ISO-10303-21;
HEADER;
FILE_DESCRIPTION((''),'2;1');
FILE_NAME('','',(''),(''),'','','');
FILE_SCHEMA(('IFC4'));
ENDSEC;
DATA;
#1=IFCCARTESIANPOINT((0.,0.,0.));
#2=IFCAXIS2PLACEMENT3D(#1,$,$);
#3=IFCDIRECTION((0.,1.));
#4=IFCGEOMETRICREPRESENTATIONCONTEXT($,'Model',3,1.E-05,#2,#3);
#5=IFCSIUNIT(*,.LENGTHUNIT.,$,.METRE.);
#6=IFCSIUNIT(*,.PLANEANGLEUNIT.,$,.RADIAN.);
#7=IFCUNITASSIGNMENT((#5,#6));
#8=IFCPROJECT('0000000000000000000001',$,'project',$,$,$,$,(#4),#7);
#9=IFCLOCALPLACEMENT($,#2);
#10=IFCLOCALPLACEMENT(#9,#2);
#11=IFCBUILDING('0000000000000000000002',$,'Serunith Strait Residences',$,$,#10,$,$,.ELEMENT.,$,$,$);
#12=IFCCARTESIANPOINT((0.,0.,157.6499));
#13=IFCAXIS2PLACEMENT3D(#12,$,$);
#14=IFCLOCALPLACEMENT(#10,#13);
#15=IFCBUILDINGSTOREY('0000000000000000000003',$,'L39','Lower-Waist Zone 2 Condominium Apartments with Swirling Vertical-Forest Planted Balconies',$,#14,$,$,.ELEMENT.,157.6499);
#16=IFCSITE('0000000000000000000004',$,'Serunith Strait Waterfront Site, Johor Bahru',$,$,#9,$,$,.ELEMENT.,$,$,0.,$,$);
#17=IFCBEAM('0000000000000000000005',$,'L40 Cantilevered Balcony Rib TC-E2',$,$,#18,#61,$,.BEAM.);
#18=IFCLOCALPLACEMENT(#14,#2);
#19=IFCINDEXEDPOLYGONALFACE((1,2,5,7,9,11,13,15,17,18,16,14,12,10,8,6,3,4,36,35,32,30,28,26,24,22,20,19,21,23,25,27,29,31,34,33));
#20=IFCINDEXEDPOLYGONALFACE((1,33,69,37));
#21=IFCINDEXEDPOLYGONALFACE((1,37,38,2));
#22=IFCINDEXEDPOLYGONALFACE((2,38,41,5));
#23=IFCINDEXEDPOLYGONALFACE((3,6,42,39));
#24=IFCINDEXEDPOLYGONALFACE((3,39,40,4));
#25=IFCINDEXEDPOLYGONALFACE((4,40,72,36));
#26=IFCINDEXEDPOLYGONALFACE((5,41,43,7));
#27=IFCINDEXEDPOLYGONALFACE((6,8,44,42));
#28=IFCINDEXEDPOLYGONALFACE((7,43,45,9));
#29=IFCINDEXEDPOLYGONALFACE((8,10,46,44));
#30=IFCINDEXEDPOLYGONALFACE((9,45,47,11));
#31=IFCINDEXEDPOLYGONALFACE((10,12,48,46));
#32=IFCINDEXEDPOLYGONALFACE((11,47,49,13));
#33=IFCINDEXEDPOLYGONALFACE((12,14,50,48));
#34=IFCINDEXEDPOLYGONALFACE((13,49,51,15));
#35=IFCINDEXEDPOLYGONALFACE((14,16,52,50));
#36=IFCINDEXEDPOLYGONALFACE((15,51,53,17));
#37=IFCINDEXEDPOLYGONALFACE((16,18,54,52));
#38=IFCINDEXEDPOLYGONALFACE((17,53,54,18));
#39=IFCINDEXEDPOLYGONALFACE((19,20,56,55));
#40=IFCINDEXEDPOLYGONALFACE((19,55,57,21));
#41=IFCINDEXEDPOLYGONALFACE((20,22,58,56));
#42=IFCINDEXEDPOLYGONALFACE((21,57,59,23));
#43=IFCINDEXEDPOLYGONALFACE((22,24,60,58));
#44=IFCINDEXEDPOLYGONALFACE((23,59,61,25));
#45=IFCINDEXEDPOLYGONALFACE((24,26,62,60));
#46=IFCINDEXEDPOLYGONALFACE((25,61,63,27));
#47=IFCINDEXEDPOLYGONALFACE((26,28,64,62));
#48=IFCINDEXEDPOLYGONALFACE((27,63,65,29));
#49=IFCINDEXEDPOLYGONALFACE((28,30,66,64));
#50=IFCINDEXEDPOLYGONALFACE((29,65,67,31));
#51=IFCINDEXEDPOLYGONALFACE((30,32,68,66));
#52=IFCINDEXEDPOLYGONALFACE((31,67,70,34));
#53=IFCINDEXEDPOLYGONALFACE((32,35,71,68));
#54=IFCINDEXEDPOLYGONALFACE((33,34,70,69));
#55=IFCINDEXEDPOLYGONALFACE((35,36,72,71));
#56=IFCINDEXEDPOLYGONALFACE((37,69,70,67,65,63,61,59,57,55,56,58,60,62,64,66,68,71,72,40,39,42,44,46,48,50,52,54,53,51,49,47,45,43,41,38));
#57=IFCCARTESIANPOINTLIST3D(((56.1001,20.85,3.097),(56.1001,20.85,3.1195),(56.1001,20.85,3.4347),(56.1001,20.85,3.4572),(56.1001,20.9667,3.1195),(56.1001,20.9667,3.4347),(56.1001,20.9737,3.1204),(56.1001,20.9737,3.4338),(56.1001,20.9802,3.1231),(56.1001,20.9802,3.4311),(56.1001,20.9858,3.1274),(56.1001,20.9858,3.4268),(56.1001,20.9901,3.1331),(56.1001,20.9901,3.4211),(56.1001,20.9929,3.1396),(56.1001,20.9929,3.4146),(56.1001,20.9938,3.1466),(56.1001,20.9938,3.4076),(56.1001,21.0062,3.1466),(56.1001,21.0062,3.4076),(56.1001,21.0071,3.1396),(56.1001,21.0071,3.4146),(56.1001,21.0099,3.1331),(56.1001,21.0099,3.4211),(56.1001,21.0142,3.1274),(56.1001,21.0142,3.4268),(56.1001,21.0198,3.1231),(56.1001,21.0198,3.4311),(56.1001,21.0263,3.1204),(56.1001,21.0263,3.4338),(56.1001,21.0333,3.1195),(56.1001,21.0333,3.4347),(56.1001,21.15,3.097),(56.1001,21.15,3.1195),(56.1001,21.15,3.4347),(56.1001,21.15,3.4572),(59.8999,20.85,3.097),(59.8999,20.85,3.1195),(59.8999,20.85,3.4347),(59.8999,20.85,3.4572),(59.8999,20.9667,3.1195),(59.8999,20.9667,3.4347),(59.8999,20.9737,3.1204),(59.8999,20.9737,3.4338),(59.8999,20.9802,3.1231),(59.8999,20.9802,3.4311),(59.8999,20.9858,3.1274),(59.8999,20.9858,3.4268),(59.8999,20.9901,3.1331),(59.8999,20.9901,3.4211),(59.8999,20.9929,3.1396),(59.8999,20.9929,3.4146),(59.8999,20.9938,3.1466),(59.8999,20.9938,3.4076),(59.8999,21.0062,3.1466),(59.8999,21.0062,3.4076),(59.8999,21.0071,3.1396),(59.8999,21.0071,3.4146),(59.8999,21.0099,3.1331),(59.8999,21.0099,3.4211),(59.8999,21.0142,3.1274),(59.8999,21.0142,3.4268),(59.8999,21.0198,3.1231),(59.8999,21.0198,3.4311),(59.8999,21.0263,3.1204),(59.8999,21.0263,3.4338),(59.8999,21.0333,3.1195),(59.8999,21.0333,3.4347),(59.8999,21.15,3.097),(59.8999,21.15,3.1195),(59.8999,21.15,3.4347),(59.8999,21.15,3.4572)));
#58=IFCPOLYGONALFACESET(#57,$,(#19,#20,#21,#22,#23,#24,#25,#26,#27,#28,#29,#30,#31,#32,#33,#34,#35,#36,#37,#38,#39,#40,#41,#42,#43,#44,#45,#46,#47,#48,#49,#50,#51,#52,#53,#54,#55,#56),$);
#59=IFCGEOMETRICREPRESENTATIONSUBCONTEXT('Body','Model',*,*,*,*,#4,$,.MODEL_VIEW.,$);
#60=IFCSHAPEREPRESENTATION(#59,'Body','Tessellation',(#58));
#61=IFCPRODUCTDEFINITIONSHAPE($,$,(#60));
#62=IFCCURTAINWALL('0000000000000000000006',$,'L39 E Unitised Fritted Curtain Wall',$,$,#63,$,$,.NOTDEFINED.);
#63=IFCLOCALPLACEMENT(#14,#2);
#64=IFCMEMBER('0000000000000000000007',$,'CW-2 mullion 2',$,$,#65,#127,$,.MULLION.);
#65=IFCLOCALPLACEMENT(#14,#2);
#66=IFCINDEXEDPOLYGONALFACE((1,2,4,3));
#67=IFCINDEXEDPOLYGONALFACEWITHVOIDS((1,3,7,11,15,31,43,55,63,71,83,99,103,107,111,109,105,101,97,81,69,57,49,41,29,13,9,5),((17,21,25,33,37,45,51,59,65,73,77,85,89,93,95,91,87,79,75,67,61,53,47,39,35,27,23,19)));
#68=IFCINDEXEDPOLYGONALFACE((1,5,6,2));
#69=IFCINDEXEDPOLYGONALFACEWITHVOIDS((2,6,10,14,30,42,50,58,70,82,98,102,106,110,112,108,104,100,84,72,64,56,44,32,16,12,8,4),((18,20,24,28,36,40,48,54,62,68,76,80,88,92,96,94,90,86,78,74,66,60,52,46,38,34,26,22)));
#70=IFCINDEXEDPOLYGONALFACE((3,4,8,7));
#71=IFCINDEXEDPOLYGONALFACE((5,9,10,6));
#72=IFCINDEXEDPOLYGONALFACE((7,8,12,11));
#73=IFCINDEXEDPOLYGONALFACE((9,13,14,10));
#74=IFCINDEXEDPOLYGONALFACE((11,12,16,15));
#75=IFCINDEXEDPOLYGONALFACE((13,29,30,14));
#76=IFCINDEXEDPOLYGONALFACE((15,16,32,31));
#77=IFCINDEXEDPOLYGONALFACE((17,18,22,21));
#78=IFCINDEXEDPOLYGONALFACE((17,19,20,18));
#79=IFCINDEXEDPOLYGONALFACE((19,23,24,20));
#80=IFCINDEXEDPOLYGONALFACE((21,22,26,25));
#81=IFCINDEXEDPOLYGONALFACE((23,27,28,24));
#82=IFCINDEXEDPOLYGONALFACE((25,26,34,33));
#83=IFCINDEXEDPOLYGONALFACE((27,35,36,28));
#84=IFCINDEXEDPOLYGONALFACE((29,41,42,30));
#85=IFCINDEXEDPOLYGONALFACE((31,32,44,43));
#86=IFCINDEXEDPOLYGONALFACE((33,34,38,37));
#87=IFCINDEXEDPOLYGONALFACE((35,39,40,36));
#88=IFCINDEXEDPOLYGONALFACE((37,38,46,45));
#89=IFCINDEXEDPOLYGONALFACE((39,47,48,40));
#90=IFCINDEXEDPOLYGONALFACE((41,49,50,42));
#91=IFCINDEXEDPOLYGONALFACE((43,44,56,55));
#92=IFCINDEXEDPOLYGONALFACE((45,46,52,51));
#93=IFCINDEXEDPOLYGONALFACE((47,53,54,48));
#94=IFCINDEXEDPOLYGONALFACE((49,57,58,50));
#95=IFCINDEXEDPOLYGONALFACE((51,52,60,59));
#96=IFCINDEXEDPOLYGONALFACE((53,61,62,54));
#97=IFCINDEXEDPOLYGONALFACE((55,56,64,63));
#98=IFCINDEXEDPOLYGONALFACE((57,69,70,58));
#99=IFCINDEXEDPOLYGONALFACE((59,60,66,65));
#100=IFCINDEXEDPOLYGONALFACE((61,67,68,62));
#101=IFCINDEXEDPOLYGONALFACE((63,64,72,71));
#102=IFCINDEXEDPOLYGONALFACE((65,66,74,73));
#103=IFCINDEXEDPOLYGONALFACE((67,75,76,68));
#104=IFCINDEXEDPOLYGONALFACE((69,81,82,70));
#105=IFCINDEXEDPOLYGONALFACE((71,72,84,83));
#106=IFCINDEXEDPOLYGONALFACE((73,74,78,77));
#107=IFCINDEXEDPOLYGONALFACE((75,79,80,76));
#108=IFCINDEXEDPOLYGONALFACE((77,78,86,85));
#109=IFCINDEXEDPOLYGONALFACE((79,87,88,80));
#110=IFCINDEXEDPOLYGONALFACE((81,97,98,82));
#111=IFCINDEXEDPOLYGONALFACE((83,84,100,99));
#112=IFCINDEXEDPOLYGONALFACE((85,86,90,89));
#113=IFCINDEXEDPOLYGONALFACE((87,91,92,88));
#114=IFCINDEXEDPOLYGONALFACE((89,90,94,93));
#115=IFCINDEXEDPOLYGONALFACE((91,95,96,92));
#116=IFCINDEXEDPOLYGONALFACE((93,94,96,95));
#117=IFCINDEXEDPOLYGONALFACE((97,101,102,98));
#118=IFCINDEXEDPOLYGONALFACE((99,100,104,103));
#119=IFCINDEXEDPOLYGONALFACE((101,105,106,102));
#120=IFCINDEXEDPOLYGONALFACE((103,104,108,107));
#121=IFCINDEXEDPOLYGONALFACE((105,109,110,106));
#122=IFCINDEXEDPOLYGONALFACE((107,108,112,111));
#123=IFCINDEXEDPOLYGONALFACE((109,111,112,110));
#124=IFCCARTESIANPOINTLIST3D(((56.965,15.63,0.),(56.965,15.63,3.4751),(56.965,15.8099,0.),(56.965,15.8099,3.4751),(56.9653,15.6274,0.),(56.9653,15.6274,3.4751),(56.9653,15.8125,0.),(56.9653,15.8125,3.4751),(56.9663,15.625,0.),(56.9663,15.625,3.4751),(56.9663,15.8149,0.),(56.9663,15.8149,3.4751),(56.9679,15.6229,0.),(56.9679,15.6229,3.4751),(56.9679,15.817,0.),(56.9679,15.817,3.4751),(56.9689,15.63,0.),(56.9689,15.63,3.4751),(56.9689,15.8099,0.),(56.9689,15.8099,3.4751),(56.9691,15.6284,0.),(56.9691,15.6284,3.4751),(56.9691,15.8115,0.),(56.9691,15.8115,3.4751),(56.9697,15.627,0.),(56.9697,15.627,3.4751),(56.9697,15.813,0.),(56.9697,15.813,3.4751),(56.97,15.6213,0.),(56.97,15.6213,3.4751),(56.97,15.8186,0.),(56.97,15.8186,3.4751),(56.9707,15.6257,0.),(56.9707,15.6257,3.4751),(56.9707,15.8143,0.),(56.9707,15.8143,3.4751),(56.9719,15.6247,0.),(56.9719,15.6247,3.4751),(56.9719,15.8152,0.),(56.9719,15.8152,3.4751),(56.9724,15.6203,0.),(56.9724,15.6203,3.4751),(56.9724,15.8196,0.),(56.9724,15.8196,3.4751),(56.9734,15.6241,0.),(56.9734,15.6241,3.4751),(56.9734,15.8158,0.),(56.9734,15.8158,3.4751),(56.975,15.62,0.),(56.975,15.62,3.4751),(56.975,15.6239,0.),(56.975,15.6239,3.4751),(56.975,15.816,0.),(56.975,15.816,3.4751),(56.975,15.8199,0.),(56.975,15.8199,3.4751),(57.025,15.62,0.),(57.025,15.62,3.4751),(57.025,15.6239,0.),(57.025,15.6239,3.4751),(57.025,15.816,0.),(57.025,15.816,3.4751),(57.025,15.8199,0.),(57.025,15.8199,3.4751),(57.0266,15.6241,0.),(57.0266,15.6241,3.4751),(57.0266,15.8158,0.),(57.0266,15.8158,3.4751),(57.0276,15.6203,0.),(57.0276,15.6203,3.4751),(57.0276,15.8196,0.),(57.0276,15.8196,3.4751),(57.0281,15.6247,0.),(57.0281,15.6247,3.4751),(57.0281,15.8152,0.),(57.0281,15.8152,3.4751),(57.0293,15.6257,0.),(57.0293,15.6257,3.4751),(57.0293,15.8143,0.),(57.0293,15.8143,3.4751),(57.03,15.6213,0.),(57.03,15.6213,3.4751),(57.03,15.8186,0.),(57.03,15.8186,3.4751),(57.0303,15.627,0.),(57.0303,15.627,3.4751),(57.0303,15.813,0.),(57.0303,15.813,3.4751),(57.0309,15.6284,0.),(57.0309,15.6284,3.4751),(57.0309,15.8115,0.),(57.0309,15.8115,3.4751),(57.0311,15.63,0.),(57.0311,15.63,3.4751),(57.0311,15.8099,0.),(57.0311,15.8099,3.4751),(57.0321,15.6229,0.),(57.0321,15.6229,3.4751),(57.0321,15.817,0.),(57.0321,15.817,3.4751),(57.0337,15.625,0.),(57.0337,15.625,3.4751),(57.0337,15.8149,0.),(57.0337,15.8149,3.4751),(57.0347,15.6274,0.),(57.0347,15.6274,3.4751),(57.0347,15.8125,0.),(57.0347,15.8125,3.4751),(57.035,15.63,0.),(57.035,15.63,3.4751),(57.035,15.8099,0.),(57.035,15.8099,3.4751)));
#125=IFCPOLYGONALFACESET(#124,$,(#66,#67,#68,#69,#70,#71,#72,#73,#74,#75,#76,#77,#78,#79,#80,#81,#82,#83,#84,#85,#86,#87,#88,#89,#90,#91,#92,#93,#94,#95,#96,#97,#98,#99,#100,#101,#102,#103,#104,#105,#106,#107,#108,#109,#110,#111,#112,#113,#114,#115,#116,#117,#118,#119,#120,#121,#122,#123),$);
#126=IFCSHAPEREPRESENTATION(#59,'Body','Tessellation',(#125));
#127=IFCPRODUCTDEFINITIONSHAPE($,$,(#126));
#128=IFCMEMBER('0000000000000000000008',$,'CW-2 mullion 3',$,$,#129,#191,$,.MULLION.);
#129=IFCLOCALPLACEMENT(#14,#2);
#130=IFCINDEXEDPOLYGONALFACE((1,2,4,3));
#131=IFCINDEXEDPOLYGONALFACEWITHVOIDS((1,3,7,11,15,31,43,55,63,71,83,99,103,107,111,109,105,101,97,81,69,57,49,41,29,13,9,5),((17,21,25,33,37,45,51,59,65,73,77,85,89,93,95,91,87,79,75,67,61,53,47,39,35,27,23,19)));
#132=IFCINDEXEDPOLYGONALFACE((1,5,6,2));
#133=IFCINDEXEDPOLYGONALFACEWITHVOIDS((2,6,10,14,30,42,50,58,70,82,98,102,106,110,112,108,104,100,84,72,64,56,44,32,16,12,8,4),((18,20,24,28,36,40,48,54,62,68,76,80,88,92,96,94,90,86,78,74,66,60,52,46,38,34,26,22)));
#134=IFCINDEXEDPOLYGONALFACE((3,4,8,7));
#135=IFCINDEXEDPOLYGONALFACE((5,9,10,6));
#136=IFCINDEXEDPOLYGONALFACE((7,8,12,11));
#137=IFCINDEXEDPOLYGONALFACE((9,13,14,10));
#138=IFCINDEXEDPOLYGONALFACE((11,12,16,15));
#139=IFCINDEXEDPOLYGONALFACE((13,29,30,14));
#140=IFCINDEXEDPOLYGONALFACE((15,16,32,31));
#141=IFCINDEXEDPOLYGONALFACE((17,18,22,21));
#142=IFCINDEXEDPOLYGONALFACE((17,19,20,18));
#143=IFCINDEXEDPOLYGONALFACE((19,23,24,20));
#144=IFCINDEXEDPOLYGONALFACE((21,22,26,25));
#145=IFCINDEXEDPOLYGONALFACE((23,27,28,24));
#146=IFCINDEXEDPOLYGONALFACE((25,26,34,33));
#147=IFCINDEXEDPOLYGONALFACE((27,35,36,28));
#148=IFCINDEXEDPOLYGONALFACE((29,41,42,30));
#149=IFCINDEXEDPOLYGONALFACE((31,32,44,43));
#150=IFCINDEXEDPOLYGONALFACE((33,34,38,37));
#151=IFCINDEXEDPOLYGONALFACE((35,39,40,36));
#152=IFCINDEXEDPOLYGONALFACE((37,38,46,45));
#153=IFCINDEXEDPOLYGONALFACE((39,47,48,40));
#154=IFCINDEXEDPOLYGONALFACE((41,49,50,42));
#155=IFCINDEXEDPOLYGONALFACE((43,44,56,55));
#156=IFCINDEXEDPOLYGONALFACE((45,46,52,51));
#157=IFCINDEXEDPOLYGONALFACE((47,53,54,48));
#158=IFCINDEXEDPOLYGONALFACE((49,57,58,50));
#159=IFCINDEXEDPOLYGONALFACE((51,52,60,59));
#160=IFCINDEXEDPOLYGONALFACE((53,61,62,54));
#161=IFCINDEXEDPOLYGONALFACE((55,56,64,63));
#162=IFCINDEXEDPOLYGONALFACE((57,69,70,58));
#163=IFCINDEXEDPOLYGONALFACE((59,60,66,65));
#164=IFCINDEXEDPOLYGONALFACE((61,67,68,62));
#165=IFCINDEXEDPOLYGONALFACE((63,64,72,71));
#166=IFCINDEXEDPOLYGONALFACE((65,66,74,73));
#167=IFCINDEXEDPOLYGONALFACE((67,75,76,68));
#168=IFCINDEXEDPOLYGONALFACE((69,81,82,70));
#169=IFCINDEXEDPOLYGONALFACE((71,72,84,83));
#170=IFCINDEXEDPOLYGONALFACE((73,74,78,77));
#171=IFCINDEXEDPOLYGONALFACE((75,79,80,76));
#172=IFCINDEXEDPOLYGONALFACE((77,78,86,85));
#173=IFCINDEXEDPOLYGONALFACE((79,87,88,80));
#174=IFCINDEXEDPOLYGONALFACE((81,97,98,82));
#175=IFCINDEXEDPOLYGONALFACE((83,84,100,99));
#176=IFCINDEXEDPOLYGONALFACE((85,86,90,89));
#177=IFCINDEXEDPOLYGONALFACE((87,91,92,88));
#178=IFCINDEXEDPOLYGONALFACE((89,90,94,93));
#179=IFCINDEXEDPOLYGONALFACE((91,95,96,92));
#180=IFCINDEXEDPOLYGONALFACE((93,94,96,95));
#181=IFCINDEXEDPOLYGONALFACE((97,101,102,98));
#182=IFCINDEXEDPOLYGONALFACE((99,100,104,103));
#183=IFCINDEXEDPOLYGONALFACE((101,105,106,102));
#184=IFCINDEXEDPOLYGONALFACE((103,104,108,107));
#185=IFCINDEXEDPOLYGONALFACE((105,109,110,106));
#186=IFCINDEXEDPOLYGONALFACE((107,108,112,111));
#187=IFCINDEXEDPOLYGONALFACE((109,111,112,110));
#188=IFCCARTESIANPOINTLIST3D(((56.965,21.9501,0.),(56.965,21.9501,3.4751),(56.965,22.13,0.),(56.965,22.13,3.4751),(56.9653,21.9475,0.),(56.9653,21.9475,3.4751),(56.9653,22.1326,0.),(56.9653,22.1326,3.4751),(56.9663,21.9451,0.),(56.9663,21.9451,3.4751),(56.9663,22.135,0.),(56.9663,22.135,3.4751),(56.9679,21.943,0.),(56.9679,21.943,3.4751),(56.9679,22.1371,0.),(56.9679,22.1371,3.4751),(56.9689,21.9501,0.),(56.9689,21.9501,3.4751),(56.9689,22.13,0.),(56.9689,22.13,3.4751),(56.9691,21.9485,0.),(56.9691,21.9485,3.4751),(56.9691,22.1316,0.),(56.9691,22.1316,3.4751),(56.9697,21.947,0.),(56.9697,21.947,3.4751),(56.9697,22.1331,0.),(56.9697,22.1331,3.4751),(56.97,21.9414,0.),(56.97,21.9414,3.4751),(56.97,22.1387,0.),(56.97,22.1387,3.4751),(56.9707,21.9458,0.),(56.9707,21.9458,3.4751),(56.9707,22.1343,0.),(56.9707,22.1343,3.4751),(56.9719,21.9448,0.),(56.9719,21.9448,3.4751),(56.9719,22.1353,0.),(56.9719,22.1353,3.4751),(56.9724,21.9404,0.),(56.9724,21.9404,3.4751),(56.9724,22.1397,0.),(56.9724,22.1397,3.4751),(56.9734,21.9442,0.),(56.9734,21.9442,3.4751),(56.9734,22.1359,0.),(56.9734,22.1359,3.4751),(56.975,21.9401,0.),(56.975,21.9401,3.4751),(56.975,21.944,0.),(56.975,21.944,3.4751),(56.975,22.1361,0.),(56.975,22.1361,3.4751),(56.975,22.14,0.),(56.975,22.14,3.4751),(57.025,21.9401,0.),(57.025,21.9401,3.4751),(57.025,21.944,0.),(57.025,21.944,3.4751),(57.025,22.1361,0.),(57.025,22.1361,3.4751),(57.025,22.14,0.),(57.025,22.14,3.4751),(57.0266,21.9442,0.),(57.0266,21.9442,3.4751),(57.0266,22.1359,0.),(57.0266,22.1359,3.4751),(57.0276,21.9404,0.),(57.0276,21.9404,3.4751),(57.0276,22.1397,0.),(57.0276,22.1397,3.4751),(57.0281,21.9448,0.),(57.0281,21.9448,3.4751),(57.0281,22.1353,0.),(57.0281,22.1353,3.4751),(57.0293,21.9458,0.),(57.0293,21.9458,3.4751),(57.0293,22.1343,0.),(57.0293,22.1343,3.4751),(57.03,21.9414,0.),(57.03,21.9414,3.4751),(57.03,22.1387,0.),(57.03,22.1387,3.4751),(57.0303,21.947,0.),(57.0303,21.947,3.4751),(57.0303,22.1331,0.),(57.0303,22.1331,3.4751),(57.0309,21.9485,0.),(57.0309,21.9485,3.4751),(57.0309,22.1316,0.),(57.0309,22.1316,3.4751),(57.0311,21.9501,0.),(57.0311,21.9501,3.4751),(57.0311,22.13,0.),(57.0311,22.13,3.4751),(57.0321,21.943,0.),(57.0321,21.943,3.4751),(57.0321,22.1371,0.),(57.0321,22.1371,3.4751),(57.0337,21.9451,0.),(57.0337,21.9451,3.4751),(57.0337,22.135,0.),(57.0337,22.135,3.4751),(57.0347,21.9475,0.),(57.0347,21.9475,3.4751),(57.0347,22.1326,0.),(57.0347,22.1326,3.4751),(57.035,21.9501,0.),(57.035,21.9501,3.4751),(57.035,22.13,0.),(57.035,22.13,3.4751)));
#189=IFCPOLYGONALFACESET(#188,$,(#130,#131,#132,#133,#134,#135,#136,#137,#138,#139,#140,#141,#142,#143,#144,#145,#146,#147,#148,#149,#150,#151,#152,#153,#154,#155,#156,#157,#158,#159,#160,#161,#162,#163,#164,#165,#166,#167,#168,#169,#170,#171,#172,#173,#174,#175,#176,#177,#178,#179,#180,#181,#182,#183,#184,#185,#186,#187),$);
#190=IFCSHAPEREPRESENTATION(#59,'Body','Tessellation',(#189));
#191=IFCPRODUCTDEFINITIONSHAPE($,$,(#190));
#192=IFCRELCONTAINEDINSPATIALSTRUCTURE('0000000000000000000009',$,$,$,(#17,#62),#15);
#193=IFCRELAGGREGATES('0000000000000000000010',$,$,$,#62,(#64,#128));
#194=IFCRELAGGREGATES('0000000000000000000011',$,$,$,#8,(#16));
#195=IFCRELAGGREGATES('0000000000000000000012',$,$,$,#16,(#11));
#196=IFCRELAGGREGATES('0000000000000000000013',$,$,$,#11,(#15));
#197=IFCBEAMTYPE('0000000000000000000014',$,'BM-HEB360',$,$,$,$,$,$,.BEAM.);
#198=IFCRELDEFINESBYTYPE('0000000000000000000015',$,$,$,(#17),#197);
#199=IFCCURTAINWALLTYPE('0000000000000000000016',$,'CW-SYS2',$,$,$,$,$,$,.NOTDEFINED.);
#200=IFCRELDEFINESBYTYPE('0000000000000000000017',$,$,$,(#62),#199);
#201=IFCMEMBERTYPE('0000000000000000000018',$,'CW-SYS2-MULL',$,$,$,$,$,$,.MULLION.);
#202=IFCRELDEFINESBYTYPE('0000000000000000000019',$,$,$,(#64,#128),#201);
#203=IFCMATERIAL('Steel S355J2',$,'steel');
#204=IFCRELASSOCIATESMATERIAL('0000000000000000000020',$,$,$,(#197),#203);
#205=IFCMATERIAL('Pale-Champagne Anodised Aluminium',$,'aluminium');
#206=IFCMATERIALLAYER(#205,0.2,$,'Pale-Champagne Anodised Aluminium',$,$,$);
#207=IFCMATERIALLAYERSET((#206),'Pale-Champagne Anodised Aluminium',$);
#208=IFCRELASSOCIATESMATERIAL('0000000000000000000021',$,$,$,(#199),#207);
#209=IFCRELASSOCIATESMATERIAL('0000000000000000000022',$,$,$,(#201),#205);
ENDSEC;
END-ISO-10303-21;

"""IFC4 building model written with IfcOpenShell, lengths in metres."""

from ifc_helpers import new_model, si_unit, direction, frame, origin, origin_2d, place, context, subcontext, project, spatial, hollow_rectangle, i_section, extrude, source, transform, mapped, material, layer, layer_set, material_profile, profile_set, type_object, element, aggregate, save


model = new_model("IFC4")

# Units and contexts
model_context = context("Model", 3, precision=1e-05, world=origin(), true_north=direction((0.0, 1.0)))
body_context = subcontext(model_context, "Body", "Model", "MODEL_VIEW")
ifc_project = project(units=[si_unit("LENGTHUNIT", "METRE"), si_unit("PLANEANGLEUNIT", "RADIAN")], contexts=[model_context])

# Site, building, storey
site_placement = place(None, origin())
site = spatial("IfcSite", under=ifc_project, at=site_placement, Name="Serunith Strait Waterfront Site, Johor Bahru", CompositionType="ELEMENT", RefElevation=0.0)
building_placement = place(site_placement, origin())
building = spatial("IfcBuilding", under=site, at=building_placement, Name="Serunith Strait Residences", CompositionType="ELEMENT")
storey_placement = place(building_placement, frame((0.0, 0.0, 157.6499)))
storey = spatial("IfcBuildingStorey", under=building, at=storey_placement, Name="L39", Description="Lower-Waist Zone 2 Condominium Apartments with Swirling Vertical-Forest Planted Balconies", CompositionType="ELEMENT", Elevation=157.6499)

# Beam
ifc_material_1 = material(Name="Steel S355J2", Category="steel")
ifc_material_profile_1 = material_profile(ifc_material_1, i_section(OverallWidth=0.3, OverallDepth=0.3601, WebThickness=0.0125, FlangeThickness=0.0225, FilletRadius=0.0271, at=origin_2d()), Name="HEB 360")
ifc_profile_set_1 = profile_set([ifc_material_profile_1], Name="Steel S355J2")
beam_type_1 = type_object("IfcBeamType", Name="BM-HEB360", PredefinedType="BEAM", material=ifc_profile_set_1)
shared_shape_1 = source(origin(), body_context, "Body", "SweptSolid", [
    extrude(i_section(OverallWidth=0.3, OverallDepth=0.3601, WebThickness=0.0125, FlangeThickness=0.0225, FilletRadius=0.0271, at=origin_2d()), origin(), (0.0, 0.0, 1.0), 3.7998),
])
beam_1_placement = place(storey_placement, frame((56.1001, 21.0, 3.2771), z_axis=(1.0, 0.0, 0.0), x_axis=(0.0, 1.0, 0.0)))
element("IfcBeam", 1, at=beam_1_placement, inside=storey, type_object=beam_type_1, Name="L40 Cantilevered Balcony Rib TC-E2", PredefinedType="BEAM", context=body_context, shape_type="MappedRepresentation", body=[
    mapped(shared_shape_1, transform((0.0, 0.0, 0.0), scale=1.0)),
])

# Curtain wall, members
ifc_material_2 = material(Name="Pale-Champagne Anodised Aluminium", Category="aluminium")
ifc_layer_1 = layer(ifc_material_2, 0.2, Name="Pale-Champagne Anodised Aluminium")
ifc_layer_set_1 = layer_set([ifc_layer_1], Name="Pale-Champagne Anodised Aluminium")
curtain_wall_type = type_object("IfcCurtainWallType", Name="CW-SYS2", PredefinedType="NOTDEFINED", material=ifc_layer_set_1)
curtain_wall_placement = place(storey_placement, origin())
curtain_wall = element("IfcCurtainWall", 2, at=curtain_wall_placement, inside=storey, type_object=curtain_wall_type, Name="L39 E Unitised Fritted Curtain Wall", PredefinedType="NOTDEFINED")
ifc_material_profile_2 = material_profile(ifc_material_2, hollow_rectangle(XDim=0.0701, YDim=0.2, WallThickness=0.0039, InnerFilletRadius=0.0061, OuterFilletRadius=0.01, at=origin_2d()), Name="ALU 200x70x4")
ifc_profile_set_2 = profile_set([ifc_material_profile_2], Name="Pale-Champagne Anodised Aluminium")
member_type_1 = type_object("IfcMemberType", Name="CW-SYS2-MULL", PredefinedType="MULLION", material=ifc_profile_set_2)
shared_shape_2 = source(origin(), body_context, "Body", "SweptSolid", [
    extrude(hollow_rectangle(XDim=0.0701, YDim=0.2, WallThickness=0.0039, InnerFilletRadius=0.0061, OuterFilletRadius=0.01, at=origin_2d()), origin(), (0.0, 0.0, 1.0), 3.4751),
])
member_1_placement = place(storey_placement, frame((57.0, 15.72, 0.0), z_axis=(0.0, 0.0, 1.0), x_axis=(-1.0, 0.0, 0.0)))
member_1 = element("IfcMember", 3, at=member_1_placement, type_object=member_type_1, Name="CW-2 mullion 2", PredefinedType="MULLION", context=body_context, shape_type="MappedRepresentation", body=[
    mapped(shared_shape_2, transform((0.0, 0.0, 0.0), scale=1.0)),
])
member_2_placement = place(storey_placement, frame((57.0, 22.04, 0.0), z_axis=(0.0, 0.0, 1.0), x_axis=(-1.0, 0.0, 0.0)))
member_2 = element("IfcMember", 4, at=member_2_placement, type_object=member_type_1, Name="CW-2 mullion 3", PredefinedType="MULLION", context=body_context, shape_type="MappedRepresentation", body=[
    mapped(shared_shape_2, transform((0.0, 0.0, 0.0), scale=1.0)),
])
aggregate(curtain_wall, [member_1, member_2])

save(model, "model.ifc")
